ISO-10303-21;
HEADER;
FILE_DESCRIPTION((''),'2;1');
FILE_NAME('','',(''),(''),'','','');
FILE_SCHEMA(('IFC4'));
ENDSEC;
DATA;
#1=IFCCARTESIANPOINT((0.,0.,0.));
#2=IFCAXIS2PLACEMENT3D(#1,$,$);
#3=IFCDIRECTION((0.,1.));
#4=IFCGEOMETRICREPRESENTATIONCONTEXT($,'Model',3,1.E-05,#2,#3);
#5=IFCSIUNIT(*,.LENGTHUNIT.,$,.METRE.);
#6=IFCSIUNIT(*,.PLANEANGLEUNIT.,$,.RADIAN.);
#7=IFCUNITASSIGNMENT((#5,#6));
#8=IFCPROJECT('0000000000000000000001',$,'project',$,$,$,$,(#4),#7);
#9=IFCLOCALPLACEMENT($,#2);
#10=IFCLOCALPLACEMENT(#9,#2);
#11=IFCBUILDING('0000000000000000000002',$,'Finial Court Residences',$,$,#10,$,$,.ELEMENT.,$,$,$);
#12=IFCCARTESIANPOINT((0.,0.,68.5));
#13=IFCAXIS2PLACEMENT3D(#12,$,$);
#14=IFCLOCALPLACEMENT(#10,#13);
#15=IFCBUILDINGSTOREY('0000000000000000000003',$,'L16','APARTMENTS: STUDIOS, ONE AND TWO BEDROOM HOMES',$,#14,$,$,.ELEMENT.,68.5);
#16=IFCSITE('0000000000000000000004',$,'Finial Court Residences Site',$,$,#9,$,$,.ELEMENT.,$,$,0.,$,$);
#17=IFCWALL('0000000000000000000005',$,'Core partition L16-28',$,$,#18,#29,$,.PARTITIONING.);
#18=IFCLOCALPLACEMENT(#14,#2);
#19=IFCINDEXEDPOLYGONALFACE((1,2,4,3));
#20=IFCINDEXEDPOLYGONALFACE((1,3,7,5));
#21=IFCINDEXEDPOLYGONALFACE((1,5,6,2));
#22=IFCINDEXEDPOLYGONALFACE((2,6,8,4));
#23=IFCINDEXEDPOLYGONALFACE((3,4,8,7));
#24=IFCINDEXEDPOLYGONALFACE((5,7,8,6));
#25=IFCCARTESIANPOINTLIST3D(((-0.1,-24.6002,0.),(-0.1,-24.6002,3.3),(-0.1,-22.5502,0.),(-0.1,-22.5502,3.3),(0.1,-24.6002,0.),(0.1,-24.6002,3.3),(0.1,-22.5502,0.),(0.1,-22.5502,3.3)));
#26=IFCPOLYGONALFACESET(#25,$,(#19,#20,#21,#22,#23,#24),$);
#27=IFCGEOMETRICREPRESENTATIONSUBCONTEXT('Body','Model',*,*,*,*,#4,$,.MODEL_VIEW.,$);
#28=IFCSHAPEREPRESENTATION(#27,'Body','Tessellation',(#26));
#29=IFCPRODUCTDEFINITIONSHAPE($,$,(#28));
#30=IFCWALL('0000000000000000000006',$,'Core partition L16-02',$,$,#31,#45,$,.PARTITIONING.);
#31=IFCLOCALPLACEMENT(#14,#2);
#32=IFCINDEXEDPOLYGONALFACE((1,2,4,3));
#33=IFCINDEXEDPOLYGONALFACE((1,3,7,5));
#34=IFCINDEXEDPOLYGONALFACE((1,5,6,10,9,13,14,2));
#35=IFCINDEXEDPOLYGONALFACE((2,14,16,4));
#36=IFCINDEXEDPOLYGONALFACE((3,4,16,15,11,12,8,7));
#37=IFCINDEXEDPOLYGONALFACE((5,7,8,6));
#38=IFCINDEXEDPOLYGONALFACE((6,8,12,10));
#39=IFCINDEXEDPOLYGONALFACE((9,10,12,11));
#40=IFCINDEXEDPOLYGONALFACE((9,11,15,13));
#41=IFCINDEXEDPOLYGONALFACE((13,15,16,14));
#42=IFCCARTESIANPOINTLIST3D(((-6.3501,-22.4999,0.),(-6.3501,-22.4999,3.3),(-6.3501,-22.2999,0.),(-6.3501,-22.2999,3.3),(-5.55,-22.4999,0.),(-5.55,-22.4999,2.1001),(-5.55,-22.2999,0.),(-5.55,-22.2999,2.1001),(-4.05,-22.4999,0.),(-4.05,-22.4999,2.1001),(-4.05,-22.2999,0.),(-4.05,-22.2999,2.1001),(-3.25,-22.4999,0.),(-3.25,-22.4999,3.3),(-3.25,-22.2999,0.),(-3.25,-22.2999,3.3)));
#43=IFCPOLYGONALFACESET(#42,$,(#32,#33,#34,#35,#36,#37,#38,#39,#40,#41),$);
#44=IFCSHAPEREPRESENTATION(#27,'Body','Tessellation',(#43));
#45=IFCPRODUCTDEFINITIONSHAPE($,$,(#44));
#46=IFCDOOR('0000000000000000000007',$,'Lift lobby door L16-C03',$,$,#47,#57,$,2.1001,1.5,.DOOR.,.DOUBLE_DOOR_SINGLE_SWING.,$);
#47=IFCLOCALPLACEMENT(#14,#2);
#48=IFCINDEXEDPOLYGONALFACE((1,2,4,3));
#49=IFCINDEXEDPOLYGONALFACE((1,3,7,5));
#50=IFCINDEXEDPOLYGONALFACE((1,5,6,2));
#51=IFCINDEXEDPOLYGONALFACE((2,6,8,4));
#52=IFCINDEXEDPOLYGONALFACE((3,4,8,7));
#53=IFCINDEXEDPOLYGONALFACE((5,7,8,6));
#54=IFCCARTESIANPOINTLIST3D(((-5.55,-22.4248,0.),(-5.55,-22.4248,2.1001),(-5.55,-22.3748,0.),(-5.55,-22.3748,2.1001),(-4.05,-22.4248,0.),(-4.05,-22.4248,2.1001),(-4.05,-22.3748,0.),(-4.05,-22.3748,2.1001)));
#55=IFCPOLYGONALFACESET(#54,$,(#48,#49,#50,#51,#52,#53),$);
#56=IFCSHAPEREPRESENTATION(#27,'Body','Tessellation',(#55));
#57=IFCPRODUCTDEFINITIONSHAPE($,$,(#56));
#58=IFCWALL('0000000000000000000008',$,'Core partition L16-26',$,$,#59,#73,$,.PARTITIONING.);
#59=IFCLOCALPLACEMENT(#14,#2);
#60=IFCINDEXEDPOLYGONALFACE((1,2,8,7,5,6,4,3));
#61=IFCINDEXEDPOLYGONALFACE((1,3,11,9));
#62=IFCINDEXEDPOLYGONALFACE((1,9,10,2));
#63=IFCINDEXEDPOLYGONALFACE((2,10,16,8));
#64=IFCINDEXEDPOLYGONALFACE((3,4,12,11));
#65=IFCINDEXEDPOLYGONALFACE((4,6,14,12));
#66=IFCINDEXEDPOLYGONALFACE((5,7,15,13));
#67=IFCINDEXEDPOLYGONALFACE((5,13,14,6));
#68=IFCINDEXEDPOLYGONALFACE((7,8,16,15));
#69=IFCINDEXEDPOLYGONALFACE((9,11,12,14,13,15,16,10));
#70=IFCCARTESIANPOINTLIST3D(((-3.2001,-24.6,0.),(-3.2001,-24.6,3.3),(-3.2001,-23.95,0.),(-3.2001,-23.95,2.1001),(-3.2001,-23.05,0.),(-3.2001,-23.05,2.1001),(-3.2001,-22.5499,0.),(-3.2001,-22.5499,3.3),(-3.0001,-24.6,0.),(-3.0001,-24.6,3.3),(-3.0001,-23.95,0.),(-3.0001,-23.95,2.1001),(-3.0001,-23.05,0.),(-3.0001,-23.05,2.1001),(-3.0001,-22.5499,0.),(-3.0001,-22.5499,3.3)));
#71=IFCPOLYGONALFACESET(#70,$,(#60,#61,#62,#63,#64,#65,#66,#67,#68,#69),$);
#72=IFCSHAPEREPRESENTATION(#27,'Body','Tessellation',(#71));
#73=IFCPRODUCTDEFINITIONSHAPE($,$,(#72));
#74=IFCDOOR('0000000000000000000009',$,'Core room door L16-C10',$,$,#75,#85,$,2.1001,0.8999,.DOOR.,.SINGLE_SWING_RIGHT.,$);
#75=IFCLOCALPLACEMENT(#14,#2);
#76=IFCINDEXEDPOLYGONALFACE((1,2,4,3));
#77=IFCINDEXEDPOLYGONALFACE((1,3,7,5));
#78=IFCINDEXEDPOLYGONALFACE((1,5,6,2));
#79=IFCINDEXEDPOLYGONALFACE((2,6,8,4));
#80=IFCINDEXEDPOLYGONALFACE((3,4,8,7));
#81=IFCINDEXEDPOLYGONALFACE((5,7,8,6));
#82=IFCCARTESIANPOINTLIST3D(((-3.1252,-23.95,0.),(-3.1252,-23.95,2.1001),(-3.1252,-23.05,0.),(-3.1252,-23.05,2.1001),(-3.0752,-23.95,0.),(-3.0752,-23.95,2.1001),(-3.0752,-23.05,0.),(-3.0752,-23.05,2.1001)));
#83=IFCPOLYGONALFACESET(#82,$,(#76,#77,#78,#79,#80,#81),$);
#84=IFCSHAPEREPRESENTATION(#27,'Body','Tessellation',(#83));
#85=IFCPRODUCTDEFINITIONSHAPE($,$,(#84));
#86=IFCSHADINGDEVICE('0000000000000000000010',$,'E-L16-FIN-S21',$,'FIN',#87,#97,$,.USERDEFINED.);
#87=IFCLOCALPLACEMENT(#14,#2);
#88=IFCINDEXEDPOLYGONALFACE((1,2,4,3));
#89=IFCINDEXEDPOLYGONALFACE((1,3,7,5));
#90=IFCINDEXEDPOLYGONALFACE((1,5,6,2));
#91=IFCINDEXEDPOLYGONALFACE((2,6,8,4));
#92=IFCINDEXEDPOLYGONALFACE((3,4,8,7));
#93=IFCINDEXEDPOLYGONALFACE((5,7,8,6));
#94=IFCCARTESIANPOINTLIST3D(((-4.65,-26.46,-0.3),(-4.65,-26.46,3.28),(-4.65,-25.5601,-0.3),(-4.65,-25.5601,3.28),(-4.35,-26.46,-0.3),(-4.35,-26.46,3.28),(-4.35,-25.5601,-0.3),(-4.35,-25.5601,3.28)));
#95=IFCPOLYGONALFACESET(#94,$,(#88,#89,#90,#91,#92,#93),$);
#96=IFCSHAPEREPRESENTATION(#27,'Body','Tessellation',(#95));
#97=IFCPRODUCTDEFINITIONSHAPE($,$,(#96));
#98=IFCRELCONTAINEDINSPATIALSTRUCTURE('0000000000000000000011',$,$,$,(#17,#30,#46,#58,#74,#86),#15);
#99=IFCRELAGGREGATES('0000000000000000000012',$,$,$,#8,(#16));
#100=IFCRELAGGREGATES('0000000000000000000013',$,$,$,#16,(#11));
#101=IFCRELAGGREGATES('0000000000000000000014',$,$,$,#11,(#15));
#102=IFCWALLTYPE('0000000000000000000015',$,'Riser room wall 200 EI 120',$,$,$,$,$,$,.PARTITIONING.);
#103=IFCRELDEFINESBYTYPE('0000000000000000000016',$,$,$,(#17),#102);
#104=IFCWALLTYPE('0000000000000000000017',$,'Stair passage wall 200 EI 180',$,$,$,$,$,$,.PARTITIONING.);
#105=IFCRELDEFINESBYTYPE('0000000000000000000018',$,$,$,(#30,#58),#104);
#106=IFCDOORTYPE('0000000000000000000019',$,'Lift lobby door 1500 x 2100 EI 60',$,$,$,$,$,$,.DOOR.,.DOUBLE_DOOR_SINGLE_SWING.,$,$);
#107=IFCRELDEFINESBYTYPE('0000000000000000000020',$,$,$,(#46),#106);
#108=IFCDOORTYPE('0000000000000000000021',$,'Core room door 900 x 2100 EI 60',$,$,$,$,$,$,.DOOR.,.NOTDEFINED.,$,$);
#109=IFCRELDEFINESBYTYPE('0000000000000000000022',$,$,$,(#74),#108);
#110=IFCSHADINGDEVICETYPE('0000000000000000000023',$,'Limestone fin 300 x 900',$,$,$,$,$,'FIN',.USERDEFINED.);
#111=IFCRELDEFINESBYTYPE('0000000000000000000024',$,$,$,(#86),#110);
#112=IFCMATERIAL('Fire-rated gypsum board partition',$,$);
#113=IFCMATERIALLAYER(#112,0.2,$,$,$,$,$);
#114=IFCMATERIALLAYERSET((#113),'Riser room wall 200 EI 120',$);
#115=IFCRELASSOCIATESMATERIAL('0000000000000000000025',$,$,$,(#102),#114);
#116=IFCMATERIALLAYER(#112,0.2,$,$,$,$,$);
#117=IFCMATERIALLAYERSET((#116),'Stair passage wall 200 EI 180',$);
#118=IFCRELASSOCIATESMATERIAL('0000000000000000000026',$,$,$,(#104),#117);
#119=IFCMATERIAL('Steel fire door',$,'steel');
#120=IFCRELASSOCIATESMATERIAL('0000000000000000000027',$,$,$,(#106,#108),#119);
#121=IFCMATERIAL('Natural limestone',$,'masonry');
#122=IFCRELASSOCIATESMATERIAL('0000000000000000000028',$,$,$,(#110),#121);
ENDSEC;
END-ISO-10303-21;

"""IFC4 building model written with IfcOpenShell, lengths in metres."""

from ifc_helpers import new_model, si_unit, direction, frame, frame_2d, origin, origin_2d, place, context, subcontext, project, spatial, rectangle, extrude, material, layer, layer_set, type_object, element, fill, save


model = new_model("IFC4")

# Units and contexts
model_context = context("Model", 3, precision=1e-05, world=origin(), true_north=direction((0.0, 1.0)))
body_context = subcontext(model_context, "Body", "Model", "MODEL_VIEW")
ifc_project = project(units=[si_unit("LENGTHUNIT", "METRE"), si_unit("PLANEANGLEUNIT", "RADIAN")], contexts=[model_context])

# Site, building, storey
site_placement = place(None, origin())
site = spatial("IfcSite", under=ifc_project, at=site_placement, Name="Finial Court Residences Site", CompositionType="ELEMENT", RefElevation=0.0)
building_placement = place(site_placement, origin())
building = spatial("IfcBuilding", under=site, at=building_placement, Name="Finial Court Residences", CompositionType="ELEMENT")
storey_placement = place(building_placement, frame((0.0, 0.0, 68.5)))
storey = spatial("IfcBuildingStorey", under=building, at=storey_placement, Name="L16", Description="APARTMENTS: STUDIOS, ONE AND TWO BEDROOM HOMES", CompositionType="ELEMENT", Elevation=68.5)

# Shared definitions
ifc_material_1 = material(Name="Steel fire door", Category="steel")

# Wall
ifc_material_2 = material(Name="Fire-rated gypsum board partition")
ifc_layer_1 = layer(ifc_material_2, 0.2)
ifc_layer_set_1 = layer_set([ifc_layer_1], Name="Riser room wall 200 EI 120")
wall_type_1 = type_object("IfcWallType", Name="Riser room wall 200 EI 120", PredefinedType="PARTITIONING", material=ifc_layer_set_1)
wall_1_placement = place(storey_placement, frame((0.0, -24.6001, 0.0), z_axis=(0.0, 0.0, 1.0), x_axis=(0.0, 1.0, 0.0)))
element("IfcWall", 1, at=wall_1_placement, inside=storey, type_object=wall_type_1, Name="Core partition L16-28", PredefinedType="PARTITIONING", context=body_context, shape_type="SweptSolid", body=[
    extrude(rectangle(XDim=2.05, YDim=0.2, at=frame_2d((1.0249, 0.0))), origin(), (0.0, 0.0, 1.0), 3.3),
])

# Walls, openings, doors
ifc_layer_2 = layer(ifc_material_2, 0.2)
ifc_layer_set_2 = layer_set([ifc_layer_2], Name="Stair passage wall 200 EI 180")
wall_type_2 = type_object("IfcWallType", Name="Stair passage wall 200 EI 180", PredefinedType="PARTITIONING", material=ifc_layer_set_2)
wall_2_placement = place(storey_placement, frame((-3.25, -22.3999, 0.0), z_axis=(0.0, 0.0, 1.0), x_axis=(-1.0, 0.0, 0.0)))
wall_2 = element("IfcWall", 2, at=wall_2_placement, inside=storey, type_object=wall_type_2, Name="Core partition L16-02", PredefinedType="PARTITIONING", context=body_context, shape_type="SweptSolid", body=[
    extrude(rectangle(XDim=3.1001, YDim=0.2, at=frame_2d((1.55, 0.0))), origin(), (0.0, 0.0, 1.0), 3.3),
])
opening_1_placement = place(wall_2_placement, frame((0.8, 0.0, 0.0)))
opening_1 = element("IfcOpeningElement", 3, at=opening_1_placement, cuts=wall_2, PredefinedType="OPENING", context=body_context, shape_type="SweptSolid", body=[
    extrude(rectangle(XDim=1.5, YDim=2.1001, at=frame_2d((0.75, 1.05))), frame((0.0, 0.1099, 0.0), z_axis=(0.0, -1.0, 0.0), x_axis=(1.0, 0.0, 0.0)), (0.0, 0.0, 1.0), 0.22),
])
door_type_1 = type_object("IfcDoorType", Name="Lift lobby door 1500 x 2100 EI 60", OperationType="DOUBLE_DOOR_SINGLE_SWING", PredefinedType="DOOR", material=ifc_material_1)
door_1_placement = place(opening_1_placement, origin())
door_1 = element("IfcDoor", 4, at=door_1_placement, inside=storey, type_object=door_type_1, Name="Lift lobby door L16-C03", OperationType="DOUBLE_DOOR_SINGLE_SWING", OverallHeight=2.1001, OverallWidth=1.5, PredefinedType="DOOR", context=body_context, shape_type="SweptSolid", body=[
    extrude(rectangle(XDim=1.5, YDim=2.1001, at=frame_2d((0.75, 1.05))), frame((0.0, 0.0249, 0.0), z_axis=(0.0, -1.0, 0.0), x_axis=(1.0, 0.0, 0.0)), (0.0, 0.0, 1.0), 0.05),
])
fill(opening_1, door_1)
wall_3_placement = place(storey_placement, frame((-3.1001, -22.55, 0.0), z_axis=(0.0, 0.0, 1.0), x_axis=(0.0, -1.0, 0.0)))
wall_3 = element("IfcWall", 5, at=wall_3_placement, inside=storey, type_object=wall_type_2, Name="Core partition L16-26", PredefinedType="PARTITIONING", context=body_context, shape_type="SweptSolid", body=[
    extrude(rectangle(XDim=2.05, YDim=0.2, at=frame_2d((1.0249, 0.0))), origin(), (0.0, 0.0, 1.0), 3.3),
])
opening_2_placement = place(wall_3_placement, frame((0.5, 0.0, 0.0)))
opening_2 = element("IfcOpeningElement", 6, at=opening_2_placement, cuts=wall_3, PredefinedType="OPENING", context=body_context, shape_type="SweptSolid", body=[
    extrude(rectangle(XDim=0.8999, YDim=2.1001, at=frame_2d((0.45, 1.05))), frame((0.0, 0.1099, 0.0), z_axis=(0.0, -1.0, 0.0), x_axis=(1.0, 0.0, 0.0)), (0.0, 0.0, 1.0), 0.22),
])
door_type_2 = type_object("IfcDoorType", Name="Core room door 900 x 2100 EI 60", OperationType="NOTDEFINED", PredefinedType="DOOR", material=ifc_material_1)
door_2_placement = place(opening_2_placement, origin())
door_2 = element("IfcDoor", 7, at=door_2_placement, inside=storey, type_object=door_type_2, Name="Core room door L16-C10", OperationType="SINGLE_SWING_RIGHT", OverallHeight=2.1001, OverallWidth=0.8999, PredefinedType="DOOR", context=body_context, shape_type="SweptSolid", body=[
    extrude(rectangle(XDim=0.8999, YDim=2.1001, at=frame_2d((0.45, 1.05))), frame((0.0, 0.0249, 0.0), z_axis=(0.0, -1.0, 0.0), x_axis=(1.0, 0.0, 0.0)), (0.0, 0.0, 1.0), 0.05),
])
fill(opening_2, door_2)

# Shading device
ifc_material_3 = material(Name="Natural limestone", Category="masonry")
shading_device_type = type_object("IfcShadingDeviceType", Name="Limestone fin 300 x 900", ElementType="FIN", PredefinedType="USERDEFINED", material=ifc_material_3)
shading_device_placement = place(storey_placement, frame((-4.5, -26.01, -0.3), z_axis=(0.0, 0.0, 1.0), x_axis=(1.0, 0.0, 0.0)))
element("IfcShadingDevice", 8, at=shading_device_placement, inside=storey, type_object=shading_device_type, Name="E-L16-FIN-S21", ObjectType="FIN", PredefinedType="USERDEFINED", context=body_context, shape_type="SweptSolid", body=[
    extrude(rectangle(XDim=0.3, YDim=0.8999, at=origin_2d()), origin(), (0.0, 0.0, 1.0), 3.5801),
])

save(model, "model.ifc")
